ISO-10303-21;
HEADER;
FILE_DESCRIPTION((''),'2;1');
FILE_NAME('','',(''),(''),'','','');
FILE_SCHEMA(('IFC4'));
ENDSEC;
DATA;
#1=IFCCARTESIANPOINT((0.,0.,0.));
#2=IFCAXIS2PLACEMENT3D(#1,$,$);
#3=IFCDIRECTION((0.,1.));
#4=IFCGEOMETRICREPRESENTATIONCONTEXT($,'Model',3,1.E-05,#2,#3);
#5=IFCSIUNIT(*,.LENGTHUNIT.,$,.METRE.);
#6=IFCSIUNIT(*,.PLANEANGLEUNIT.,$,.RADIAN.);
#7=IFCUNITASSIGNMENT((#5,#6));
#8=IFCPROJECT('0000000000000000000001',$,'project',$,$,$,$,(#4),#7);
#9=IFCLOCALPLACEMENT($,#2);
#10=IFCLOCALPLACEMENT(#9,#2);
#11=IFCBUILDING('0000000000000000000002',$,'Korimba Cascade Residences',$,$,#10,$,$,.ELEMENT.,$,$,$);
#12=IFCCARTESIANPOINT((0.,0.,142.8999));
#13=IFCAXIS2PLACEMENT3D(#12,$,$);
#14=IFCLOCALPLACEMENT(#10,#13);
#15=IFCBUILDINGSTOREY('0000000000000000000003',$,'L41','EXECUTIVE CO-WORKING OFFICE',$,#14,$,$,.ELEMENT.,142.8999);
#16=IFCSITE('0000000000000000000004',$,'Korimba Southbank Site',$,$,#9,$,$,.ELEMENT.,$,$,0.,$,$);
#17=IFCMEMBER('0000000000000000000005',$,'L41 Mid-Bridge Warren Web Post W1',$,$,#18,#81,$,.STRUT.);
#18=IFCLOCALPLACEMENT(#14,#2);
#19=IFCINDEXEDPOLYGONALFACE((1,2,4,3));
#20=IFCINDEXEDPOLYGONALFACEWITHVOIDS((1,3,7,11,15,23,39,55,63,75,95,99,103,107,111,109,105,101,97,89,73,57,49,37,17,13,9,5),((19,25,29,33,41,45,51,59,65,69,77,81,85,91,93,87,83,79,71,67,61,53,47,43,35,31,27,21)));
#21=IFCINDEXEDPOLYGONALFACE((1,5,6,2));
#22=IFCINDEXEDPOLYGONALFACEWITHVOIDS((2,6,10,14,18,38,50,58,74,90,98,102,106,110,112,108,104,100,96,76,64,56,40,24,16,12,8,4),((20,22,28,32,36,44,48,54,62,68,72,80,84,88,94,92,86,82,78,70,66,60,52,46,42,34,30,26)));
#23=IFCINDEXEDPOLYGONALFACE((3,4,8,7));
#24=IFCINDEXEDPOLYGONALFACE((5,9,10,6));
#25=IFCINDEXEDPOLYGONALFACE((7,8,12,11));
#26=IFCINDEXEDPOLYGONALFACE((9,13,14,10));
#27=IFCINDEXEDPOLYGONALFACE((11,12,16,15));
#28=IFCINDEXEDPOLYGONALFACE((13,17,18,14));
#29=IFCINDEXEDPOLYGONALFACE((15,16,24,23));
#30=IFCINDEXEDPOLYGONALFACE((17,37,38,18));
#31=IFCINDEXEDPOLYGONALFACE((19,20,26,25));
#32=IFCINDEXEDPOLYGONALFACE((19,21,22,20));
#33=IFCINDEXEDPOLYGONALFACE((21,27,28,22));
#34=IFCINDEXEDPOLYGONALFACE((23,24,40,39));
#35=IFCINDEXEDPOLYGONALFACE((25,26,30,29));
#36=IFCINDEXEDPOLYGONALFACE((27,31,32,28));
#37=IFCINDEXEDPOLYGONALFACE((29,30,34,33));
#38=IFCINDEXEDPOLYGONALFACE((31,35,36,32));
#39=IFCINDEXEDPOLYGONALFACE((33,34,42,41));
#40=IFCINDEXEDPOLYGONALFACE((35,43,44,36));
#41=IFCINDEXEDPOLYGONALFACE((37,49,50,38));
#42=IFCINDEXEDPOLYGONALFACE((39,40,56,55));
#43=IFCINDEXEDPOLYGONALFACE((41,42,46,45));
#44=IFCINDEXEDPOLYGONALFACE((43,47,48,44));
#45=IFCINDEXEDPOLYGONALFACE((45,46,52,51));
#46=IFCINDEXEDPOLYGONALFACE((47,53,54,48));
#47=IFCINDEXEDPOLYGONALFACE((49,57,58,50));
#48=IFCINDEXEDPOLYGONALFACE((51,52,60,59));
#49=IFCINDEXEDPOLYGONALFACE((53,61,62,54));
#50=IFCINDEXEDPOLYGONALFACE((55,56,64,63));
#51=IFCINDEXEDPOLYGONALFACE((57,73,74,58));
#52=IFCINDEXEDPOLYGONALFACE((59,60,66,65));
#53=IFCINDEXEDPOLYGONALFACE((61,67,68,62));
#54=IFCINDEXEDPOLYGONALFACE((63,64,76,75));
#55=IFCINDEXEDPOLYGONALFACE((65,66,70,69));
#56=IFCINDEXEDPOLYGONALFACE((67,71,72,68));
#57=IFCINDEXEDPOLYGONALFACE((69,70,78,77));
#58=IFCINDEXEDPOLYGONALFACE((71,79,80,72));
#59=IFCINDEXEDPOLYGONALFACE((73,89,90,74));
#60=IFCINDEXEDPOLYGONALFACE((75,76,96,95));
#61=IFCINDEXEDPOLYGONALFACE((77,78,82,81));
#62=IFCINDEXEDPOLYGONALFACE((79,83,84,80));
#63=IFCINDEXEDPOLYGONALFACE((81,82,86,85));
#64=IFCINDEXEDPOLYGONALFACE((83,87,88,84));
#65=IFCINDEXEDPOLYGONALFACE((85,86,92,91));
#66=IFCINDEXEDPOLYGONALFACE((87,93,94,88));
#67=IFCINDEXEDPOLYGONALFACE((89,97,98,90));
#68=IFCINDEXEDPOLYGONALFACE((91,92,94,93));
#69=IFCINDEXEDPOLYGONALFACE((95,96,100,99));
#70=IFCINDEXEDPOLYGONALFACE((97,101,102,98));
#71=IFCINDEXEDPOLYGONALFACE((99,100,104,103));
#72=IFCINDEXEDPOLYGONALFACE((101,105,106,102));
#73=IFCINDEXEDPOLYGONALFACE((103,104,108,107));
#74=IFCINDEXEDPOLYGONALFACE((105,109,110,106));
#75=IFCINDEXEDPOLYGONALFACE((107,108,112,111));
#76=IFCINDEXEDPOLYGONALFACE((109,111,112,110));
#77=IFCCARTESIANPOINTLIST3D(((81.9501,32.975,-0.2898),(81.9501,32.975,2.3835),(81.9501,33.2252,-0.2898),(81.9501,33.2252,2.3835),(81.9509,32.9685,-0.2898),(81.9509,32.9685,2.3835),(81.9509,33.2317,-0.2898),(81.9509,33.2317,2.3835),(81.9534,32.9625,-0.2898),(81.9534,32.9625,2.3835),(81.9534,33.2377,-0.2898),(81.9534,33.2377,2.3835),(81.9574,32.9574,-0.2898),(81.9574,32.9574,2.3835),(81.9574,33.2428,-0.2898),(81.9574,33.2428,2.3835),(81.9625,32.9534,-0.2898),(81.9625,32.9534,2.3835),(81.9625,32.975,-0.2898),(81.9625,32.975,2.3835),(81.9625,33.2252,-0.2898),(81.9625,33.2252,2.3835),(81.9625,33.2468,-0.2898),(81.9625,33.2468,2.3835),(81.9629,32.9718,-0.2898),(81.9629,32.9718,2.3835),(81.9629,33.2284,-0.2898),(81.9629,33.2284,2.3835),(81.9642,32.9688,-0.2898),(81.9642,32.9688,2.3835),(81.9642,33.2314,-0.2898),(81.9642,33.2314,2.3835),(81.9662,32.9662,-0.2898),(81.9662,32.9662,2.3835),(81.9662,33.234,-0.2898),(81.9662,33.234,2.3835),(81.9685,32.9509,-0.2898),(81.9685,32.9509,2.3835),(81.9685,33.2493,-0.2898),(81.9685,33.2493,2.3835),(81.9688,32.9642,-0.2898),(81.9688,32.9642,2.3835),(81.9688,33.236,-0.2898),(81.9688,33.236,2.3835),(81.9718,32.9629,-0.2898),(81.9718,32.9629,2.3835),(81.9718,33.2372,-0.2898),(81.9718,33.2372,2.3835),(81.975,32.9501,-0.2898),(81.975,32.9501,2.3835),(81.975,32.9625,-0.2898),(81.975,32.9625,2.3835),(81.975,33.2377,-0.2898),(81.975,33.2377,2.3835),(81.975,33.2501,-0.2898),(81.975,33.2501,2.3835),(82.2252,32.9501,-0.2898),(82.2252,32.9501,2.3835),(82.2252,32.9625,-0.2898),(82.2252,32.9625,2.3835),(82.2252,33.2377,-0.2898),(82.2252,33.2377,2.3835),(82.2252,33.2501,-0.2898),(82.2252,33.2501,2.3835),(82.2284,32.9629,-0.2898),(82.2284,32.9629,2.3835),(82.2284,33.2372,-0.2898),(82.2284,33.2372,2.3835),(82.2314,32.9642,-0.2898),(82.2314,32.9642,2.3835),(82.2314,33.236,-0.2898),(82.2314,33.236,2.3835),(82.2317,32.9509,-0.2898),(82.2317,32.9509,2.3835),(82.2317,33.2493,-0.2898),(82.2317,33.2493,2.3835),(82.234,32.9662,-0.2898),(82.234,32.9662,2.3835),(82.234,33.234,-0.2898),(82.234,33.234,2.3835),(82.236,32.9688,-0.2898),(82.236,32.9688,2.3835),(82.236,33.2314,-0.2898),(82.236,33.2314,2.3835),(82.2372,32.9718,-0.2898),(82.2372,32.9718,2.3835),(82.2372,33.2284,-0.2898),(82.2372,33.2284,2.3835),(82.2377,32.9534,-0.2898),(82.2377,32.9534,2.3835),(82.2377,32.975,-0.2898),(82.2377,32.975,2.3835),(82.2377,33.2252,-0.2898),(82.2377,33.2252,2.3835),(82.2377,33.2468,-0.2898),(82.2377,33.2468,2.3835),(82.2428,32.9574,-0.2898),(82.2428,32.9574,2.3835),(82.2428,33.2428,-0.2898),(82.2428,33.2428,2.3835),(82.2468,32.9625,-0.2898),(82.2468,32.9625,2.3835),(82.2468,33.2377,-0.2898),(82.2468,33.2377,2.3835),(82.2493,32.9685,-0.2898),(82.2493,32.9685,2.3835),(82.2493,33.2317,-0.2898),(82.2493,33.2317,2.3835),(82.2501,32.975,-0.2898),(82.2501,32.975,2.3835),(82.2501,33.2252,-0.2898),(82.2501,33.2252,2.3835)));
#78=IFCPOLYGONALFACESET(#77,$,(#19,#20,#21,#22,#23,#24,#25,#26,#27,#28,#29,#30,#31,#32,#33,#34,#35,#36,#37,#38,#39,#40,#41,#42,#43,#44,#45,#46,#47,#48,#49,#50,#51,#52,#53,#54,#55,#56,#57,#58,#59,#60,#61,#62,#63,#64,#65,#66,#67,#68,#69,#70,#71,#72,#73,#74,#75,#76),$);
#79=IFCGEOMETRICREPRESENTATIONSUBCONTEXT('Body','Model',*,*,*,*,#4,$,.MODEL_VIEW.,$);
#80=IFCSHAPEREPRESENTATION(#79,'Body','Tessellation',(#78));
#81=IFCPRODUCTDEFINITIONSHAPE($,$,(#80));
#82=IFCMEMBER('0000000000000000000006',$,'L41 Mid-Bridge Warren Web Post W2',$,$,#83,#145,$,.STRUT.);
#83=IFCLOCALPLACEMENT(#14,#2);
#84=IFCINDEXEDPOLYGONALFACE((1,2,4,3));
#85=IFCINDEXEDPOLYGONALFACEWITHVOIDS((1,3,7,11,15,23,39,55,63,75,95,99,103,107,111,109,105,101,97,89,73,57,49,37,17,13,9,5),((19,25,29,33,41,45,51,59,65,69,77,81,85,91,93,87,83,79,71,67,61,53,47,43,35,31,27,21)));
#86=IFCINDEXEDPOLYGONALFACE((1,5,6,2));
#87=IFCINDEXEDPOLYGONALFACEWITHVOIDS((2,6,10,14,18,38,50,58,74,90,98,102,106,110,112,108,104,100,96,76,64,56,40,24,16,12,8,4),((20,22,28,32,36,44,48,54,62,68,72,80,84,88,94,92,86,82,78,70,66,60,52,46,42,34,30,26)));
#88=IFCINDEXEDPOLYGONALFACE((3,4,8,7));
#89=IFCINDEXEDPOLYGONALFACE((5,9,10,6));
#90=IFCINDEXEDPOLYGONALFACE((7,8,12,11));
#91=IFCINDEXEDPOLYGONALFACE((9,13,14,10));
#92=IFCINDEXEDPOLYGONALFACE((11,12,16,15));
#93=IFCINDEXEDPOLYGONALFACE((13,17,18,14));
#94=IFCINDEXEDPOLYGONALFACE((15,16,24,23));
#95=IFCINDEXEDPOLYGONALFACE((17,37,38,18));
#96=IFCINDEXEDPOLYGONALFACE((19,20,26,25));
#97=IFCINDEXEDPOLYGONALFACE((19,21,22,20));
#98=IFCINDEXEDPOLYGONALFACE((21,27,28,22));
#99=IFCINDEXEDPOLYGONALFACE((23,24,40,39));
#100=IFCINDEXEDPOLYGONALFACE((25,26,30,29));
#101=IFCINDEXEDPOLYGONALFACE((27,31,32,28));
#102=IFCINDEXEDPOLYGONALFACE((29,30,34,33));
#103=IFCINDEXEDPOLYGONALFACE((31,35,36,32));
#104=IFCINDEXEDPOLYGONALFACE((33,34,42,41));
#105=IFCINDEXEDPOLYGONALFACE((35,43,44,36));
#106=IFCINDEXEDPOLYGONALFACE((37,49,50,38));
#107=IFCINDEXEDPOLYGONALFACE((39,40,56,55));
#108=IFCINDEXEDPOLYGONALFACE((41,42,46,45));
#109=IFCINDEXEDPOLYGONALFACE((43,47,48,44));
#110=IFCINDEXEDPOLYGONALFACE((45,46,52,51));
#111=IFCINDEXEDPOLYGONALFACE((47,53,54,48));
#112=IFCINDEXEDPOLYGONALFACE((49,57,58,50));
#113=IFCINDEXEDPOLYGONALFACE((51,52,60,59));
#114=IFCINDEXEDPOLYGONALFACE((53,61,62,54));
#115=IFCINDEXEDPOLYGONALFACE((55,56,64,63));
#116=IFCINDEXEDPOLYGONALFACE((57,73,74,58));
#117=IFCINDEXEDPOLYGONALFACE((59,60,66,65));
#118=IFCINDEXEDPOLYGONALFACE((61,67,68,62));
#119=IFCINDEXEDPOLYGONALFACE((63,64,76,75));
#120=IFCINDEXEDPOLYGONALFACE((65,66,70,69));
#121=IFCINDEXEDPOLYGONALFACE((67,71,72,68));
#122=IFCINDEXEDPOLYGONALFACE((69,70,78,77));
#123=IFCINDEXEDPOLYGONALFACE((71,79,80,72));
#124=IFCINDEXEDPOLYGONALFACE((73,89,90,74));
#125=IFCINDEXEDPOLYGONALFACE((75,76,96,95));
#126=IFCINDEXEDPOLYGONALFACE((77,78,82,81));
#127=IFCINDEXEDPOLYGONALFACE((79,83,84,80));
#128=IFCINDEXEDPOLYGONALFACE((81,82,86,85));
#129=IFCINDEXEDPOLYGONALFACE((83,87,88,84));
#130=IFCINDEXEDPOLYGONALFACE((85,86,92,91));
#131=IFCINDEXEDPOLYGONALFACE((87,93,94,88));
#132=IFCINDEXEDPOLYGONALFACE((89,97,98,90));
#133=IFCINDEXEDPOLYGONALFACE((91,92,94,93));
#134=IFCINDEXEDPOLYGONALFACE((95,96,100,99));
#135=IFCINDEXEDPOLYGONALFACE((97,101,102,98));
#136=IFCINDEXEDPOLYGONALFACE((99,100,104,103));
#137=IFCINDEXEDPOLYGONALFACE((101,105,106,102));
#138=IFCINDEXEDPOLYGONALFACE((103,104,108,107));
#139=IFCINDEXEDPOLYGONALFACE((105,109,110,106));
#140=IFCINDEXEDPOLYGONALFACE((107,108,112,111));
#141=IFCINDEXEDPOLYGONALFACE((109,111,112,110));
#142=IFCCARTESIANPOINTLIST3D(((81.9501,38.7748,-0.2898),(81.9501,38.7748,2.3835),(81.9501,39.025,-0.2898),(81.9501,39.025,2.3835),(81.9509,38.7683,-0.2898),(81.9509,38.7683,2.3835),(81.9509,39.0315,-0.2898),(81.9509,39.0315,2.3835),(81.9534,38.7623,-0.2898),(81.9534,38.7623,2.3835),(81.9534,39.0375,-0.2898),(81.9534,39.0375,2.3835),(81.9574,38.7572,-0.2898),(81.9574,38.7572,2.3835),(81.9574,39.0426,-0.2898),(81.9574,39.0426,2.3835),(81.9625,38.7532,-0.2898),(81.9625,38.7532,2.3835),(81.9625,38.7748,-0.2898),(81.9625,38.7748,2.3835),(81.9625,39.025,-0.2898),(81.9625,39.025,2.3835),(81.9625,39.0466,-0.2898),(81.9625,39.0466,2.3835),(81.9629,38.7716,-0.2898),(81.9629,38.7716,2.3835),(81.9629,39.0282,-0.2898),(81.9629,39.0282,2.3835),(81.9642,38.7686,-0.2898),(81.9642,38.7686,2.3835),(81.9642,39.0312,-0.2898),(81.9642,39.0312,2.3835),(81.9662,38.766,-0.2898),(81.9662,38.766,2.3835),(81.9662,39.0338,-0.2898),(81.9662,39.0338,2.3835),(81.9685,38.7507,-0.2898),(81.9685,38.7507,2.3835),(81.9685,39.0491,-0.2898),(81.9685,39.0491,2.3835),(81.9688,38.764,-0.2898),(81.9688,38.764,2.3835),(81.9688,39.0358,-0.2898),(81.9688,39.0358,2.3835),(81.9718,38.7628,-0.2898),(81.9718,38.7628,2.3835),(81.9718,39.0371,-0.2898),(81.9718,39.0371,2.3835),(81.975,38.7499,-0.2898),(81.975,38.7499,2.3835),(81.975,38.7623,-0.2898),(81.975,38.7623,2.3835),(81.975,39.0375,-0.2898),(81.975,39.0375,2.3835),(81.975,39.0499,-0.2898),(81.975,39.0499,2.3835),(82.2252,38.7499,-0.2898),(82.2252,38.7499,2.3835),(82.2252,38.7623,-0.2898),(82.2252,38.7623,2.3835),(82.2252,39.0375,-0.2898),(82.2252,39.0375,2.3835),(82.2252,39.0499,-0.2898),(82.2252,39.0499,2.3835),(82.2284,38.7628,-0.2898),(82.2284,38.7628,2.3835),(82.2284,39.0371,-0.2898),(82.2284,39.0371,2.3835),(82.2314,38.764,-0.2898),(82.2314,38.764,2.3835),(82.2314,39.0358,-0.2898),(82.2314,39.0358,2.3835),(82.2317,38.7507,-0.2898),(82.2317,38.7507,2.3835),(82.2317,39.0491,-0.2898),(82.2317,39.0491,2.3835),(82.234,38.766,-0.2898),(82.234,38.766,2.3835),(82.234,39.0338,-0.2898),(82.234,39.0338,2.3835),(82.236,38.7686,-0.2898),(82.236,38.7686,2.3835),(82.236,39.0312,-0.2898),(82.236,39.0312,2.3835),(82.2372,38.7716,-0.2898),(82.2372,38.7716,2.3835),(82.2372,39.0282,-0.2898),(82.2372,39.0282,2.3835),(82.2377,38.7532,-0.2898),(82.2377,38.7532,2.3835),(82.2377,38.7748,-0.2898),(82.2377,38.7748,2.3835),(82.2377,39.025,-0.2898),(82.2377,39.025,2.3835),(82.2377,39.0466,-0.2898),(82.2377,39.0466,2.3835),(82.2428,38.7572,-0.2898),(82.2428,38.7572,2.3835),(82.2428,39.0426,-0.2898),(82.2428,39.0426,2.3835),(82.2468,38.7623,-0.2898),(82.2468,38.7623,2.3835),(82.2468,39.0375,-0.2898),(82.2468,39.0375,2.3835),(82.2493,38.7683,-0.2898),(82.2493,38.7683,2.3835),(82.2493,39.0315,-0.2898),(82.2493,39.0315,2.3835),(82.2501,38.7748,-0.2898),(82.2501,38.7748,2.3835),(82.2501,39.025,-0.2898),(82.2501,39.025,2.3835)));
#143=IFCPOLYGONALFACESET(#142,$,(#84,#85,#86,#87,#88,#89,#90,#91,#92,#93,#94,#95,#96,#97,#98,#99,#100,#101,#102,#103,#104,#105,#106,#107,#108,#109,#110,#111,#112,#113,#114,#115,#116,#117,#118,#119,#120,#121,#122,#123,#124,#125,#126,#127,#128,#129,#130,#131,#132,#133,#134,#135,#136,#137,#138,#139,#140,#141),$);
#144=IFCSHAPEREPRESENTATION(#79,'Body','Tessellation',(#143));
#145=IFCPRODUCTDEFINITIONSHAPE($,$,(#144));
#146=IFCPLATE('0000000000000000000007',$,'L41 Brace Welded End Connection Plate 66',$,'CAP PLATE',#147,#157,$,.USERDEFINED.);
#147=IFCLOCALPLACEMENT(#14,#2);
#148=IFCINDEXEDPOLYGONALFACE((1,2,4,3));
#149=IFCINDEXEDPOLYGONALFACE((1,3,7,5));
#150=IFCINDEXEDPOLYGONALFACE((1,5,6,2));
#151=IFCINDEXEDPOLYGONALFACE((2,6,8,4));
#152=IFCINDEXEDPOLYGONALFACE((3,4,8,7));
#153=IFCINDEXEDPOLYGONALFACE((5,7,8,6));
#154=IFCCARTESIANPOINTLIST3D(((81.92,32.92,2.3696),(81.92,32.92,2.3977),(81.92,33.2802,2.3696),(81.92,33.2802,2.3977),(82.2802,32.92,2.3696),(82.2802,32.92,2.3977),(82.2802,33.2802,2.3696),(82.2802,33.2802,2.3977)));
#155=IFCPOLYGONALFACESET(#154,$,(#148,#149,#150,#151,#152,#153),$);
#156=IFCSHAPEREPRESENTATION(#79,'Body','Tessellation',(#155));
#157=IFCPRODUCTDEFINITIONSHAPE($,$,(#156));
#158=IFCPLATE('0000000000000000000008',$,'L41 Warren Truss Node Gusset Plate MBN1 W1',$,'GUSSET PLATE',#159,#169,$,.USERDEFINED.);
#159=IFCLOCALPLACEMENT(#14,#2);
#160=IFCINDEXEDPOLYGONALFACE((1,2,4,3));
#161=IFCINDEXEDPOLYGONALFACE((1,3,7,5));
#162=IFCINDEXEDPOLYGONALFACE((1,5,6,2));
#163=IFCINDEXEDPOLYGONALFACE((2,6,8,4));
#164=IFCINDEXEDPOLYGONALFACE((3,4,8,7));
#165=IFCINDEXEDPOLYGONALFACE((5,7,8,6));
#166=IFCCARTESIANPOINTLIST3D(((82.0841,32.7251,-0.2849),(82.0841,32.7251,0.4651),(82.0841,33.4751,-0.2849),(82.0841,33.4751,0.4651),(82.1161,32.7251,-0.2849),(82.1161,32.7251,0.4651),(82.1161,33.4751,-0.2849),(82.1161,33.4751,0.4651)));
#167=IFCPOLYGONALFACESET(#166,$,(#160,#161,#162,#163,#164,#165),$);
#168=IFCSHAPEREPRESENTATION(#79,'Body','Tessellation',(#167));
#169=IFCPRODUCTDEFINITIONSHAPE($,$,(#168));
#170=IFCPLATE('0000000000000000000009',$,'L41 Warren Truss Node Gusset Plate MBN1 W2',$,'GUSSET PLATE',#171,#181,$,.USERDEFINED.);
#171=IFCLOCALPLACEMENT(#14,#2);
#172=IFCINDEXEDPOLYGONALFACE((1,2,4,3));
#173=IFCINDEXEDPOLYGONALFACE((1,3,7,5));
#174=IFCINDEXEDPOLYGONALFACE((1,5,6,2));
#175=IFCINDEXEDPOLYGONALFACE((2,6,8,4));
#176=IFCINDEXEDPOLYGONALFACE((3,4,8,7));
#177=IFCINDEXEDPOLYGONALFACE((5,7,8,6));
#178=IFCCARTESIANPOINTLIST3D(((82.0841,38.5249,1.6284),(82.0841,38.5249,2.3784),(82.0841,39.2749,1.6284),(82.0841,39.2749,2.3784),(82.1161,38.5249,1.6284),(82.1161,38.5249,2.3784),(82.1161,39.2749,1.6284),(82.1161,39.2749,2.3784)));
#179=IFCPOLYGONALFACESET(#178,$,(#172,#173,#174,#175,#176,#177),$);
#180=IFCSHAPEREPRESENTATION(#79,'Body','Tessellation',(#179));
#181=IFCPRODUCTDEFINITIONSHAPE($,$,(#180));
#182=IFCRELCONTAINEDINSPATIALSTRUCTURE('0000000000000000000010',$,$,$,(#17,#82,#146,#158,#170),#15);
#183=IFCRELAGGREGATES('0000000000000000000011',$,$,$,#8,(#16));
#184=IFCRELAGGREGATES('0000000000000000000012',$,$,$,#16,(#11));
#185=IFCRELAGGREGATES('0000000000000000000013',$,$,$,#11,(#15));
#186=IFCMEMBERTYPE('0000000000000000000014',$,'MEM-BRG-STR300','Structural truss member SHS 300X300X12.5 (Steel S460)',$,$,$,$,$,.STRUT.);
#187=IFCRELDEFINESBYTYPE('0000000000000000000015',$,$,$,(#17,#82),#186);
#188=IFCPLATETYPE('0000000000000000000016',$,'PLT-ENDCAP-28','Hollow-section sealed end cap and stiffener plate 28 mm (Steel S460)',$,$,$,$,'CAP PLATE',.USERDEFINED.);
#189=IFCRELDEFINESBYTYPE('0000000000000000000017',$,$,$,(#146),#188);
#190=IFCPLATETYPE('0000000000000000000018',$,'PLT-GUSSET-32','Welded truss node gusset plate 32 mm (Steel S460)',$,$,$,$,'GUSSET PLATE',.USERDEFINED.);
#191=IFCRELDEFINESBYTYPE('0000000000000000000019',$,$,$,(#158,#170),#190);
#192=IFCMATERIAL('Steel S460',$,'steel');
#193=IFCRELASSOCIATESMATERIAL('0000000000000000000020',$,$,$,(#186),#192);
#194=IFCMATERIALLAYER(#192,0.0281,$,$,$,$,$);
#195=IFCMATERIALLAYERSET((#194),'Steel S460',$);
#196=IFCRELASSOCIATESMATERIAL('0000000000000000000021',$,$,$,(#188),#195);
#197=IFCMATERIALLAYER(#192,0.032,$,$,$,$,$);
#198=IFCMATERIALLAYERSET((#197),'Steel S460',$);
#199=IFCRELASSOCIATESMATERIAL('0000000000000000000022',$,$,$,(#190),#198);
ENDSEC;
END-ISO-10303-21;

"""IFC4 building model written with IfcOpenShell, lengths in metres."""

from ifc_helpers import new_model, si_unit, direction, frame, origin, origin_2d, place, context, subcontext, project, spatial, rectangle, hollow_rectangle, extrude, material, layer, layer_set, material_profile, profile_set, type_object, element, save


model = new_model("IFC4")

# Units and contexts
model_context = context("Model", 3, precision=1e-05, world=origin(), true_north=direction((0.0, 1.0)))
body_context = subcontext(model_context, "Body", "Model", "MODEL_VIEW")
ifc_project = project(units=[si_unit("LENGTHUNIT", "METRE"), si_unit("PLANEANGLEUNIT", "RADIAN")], contexts=[model_context])

# Site, building, storey
site_placement = place(None, origin())
site = spatial("IfcSite", under=ifc_project, at=site_placement, Name="Korimba Southbank Site", CompositionType="ELEMENT", RefElevation=0.0)
building_placement = place(site_placement, origin())
building = spatial("IfcBuilding", under=site, at=building_placement, Name="Korimba Cascade Residences", CompositionType="ELEMENT")
storey_placement = place(building_placement, frame((0.0, 0.0, 142.8999)))
storey = spatial("IfcBuildingStorey", under=building, at=storey_placement, Name="L41", Description="EXECUTIVE CO-WORKING OFFICE", CompositionType="ELEMENT", Elevation=142.8999)

# Shared definitions
ifc_material_1 = material(Name="Steel S460", Category="steel")

# Members
ifc_material_profile_1 = material_profile(ifc_material_1, hollow_rectangle(XDim=0.3, YDim=0.3, WallThickness=0.0125, InnerFilletRadius=0.0125, OuterFilletRadius=0.0249, at=origin_2d()), Name="Steel S460")
ifc_profile_set_1 = profile_set([ifc_material_profile_1], Name="Steel S460")
member_type_1 = type_object("IfcMemberType", Name="MEM-BRG-STR300", Description="Structural truss member SHS 300X300X12.5 (Steel S460)", PredefinedType="STRUT", material=ifc_profile_set_1)
for number, where, z_axis, x_axis, name in (
    (1, (82.1001, 33.1001, -0.2898), (0.0, 0.0, 1.0), (1.0, 0.0, 0.0), "L41 Mid-Bridge Warren Web Post W1"),
    (2, (82.1001, 38.8999, -0.2898), (0.0, 0.0, 1.0), (1.0, 0.0, 0.0), "L41 Mid-Bridge Warren Web Post W2"),
):
    element("IfcMember", number, at=place(storey_placement, frame(where, z_axis=z_axis, x_axis=x_axis)), inside=storey, type_object=member_type_1, Name=name, PredefinedType="STRUT", context=body_context, shape_type="SweptSolid", body=[
        extrude(hollow_rectangle(XDim=0.3, YDim=0.3, WallThickness=0.0125, InnerFilletRadius=0.0125, OuterFilletRadius=0.0249, at=origin_2d()), origin(), (0.0, 0.0, 1.0), 2.6733),
    ])

# Plates
ifc_layer_1 = layer(ifc_material_1, 0.0281)
ifc_layer_set_1 = layer_set([ifc_layer_1], Name="Steel S460")
plate_type_1 = type_object("IfcPlateType", Name="PLT-ENDCAP-28", Description="Hollow-section sealed end cap and stiffener plate 28 mm (Steel S460)", ElementType="CAP PLATE", PredefinedType="USERDEFINED", material=ifc_layer_set_1)
plate_placement = place(storey_placement, frame((82.1001, 33.1001, 2.3696), z_axis=(0.0, 0.0, 1.0), x_axis=(1.0, 0.0, 0.0)))
element("IfcPlate", 3, at=plate_placement, inside=storey, type_object=plate_type_1, Name="L41 Brace Welded End Connection Plate 66", ObjectType="CAP PLATE", PredefinedType="USERDEFINED", context=body_context, shape_type="SweptSolid", body=[
    extrude(rectangle(XDim=0.3601, YDim=0.3601, at=origin_2d()), origin(), (0.0, 0.0, 1.0), 0.0281),
])
ifc_layer_2 = layer(ifc_material_1, 0.032)
ifc_layer_set_2 = layer_set([ifc_layer_2], Name="Steel S460")
plate_type_2 = type_object("IfcPlateType", Name="PLT-GUSSET-32", Description="Welded truss node gusset plate 32 mm (Steel S460)", ElementType="GUSSET PLATE", PredefinedType="USERDEFINED", material=ifc_layer_set_2)
for number, where, z_axis, x_axis, name in (
    (4, (82.1001, 33.1001, -0.2849), (0.0, 0.0, 1.0), (1.0, 0.0, 0.0), "L41 Warren Truss Node Gusset Plate MBN1 W1"),
    (5, (82.1001, 38.8999, 1.6284), (0.0, 0.0, 1.0), (1.0, 0.0, 0.0), "L41 Warren Truss Node Gusset Plate MBN1 W2"),
):
    element("IfcPlate", number, at=place(storey_placement, frame(where, z_axis=z_axis, x_axis=x_axis)), inside=storey, type_object=plate_type_2, Name=name, ObjectType="GUSSET PLATE", PredefinedType="USERDEFINED", context=body_context, shape_type="SweptSolid", body=[
        extrude(rectangle(XDim=0.032, YDim=0.75, at=origin_2d()), origin(), (0.0, 0.0, 1.0), 0.75),
    ])

save(model, "model.ifc")
